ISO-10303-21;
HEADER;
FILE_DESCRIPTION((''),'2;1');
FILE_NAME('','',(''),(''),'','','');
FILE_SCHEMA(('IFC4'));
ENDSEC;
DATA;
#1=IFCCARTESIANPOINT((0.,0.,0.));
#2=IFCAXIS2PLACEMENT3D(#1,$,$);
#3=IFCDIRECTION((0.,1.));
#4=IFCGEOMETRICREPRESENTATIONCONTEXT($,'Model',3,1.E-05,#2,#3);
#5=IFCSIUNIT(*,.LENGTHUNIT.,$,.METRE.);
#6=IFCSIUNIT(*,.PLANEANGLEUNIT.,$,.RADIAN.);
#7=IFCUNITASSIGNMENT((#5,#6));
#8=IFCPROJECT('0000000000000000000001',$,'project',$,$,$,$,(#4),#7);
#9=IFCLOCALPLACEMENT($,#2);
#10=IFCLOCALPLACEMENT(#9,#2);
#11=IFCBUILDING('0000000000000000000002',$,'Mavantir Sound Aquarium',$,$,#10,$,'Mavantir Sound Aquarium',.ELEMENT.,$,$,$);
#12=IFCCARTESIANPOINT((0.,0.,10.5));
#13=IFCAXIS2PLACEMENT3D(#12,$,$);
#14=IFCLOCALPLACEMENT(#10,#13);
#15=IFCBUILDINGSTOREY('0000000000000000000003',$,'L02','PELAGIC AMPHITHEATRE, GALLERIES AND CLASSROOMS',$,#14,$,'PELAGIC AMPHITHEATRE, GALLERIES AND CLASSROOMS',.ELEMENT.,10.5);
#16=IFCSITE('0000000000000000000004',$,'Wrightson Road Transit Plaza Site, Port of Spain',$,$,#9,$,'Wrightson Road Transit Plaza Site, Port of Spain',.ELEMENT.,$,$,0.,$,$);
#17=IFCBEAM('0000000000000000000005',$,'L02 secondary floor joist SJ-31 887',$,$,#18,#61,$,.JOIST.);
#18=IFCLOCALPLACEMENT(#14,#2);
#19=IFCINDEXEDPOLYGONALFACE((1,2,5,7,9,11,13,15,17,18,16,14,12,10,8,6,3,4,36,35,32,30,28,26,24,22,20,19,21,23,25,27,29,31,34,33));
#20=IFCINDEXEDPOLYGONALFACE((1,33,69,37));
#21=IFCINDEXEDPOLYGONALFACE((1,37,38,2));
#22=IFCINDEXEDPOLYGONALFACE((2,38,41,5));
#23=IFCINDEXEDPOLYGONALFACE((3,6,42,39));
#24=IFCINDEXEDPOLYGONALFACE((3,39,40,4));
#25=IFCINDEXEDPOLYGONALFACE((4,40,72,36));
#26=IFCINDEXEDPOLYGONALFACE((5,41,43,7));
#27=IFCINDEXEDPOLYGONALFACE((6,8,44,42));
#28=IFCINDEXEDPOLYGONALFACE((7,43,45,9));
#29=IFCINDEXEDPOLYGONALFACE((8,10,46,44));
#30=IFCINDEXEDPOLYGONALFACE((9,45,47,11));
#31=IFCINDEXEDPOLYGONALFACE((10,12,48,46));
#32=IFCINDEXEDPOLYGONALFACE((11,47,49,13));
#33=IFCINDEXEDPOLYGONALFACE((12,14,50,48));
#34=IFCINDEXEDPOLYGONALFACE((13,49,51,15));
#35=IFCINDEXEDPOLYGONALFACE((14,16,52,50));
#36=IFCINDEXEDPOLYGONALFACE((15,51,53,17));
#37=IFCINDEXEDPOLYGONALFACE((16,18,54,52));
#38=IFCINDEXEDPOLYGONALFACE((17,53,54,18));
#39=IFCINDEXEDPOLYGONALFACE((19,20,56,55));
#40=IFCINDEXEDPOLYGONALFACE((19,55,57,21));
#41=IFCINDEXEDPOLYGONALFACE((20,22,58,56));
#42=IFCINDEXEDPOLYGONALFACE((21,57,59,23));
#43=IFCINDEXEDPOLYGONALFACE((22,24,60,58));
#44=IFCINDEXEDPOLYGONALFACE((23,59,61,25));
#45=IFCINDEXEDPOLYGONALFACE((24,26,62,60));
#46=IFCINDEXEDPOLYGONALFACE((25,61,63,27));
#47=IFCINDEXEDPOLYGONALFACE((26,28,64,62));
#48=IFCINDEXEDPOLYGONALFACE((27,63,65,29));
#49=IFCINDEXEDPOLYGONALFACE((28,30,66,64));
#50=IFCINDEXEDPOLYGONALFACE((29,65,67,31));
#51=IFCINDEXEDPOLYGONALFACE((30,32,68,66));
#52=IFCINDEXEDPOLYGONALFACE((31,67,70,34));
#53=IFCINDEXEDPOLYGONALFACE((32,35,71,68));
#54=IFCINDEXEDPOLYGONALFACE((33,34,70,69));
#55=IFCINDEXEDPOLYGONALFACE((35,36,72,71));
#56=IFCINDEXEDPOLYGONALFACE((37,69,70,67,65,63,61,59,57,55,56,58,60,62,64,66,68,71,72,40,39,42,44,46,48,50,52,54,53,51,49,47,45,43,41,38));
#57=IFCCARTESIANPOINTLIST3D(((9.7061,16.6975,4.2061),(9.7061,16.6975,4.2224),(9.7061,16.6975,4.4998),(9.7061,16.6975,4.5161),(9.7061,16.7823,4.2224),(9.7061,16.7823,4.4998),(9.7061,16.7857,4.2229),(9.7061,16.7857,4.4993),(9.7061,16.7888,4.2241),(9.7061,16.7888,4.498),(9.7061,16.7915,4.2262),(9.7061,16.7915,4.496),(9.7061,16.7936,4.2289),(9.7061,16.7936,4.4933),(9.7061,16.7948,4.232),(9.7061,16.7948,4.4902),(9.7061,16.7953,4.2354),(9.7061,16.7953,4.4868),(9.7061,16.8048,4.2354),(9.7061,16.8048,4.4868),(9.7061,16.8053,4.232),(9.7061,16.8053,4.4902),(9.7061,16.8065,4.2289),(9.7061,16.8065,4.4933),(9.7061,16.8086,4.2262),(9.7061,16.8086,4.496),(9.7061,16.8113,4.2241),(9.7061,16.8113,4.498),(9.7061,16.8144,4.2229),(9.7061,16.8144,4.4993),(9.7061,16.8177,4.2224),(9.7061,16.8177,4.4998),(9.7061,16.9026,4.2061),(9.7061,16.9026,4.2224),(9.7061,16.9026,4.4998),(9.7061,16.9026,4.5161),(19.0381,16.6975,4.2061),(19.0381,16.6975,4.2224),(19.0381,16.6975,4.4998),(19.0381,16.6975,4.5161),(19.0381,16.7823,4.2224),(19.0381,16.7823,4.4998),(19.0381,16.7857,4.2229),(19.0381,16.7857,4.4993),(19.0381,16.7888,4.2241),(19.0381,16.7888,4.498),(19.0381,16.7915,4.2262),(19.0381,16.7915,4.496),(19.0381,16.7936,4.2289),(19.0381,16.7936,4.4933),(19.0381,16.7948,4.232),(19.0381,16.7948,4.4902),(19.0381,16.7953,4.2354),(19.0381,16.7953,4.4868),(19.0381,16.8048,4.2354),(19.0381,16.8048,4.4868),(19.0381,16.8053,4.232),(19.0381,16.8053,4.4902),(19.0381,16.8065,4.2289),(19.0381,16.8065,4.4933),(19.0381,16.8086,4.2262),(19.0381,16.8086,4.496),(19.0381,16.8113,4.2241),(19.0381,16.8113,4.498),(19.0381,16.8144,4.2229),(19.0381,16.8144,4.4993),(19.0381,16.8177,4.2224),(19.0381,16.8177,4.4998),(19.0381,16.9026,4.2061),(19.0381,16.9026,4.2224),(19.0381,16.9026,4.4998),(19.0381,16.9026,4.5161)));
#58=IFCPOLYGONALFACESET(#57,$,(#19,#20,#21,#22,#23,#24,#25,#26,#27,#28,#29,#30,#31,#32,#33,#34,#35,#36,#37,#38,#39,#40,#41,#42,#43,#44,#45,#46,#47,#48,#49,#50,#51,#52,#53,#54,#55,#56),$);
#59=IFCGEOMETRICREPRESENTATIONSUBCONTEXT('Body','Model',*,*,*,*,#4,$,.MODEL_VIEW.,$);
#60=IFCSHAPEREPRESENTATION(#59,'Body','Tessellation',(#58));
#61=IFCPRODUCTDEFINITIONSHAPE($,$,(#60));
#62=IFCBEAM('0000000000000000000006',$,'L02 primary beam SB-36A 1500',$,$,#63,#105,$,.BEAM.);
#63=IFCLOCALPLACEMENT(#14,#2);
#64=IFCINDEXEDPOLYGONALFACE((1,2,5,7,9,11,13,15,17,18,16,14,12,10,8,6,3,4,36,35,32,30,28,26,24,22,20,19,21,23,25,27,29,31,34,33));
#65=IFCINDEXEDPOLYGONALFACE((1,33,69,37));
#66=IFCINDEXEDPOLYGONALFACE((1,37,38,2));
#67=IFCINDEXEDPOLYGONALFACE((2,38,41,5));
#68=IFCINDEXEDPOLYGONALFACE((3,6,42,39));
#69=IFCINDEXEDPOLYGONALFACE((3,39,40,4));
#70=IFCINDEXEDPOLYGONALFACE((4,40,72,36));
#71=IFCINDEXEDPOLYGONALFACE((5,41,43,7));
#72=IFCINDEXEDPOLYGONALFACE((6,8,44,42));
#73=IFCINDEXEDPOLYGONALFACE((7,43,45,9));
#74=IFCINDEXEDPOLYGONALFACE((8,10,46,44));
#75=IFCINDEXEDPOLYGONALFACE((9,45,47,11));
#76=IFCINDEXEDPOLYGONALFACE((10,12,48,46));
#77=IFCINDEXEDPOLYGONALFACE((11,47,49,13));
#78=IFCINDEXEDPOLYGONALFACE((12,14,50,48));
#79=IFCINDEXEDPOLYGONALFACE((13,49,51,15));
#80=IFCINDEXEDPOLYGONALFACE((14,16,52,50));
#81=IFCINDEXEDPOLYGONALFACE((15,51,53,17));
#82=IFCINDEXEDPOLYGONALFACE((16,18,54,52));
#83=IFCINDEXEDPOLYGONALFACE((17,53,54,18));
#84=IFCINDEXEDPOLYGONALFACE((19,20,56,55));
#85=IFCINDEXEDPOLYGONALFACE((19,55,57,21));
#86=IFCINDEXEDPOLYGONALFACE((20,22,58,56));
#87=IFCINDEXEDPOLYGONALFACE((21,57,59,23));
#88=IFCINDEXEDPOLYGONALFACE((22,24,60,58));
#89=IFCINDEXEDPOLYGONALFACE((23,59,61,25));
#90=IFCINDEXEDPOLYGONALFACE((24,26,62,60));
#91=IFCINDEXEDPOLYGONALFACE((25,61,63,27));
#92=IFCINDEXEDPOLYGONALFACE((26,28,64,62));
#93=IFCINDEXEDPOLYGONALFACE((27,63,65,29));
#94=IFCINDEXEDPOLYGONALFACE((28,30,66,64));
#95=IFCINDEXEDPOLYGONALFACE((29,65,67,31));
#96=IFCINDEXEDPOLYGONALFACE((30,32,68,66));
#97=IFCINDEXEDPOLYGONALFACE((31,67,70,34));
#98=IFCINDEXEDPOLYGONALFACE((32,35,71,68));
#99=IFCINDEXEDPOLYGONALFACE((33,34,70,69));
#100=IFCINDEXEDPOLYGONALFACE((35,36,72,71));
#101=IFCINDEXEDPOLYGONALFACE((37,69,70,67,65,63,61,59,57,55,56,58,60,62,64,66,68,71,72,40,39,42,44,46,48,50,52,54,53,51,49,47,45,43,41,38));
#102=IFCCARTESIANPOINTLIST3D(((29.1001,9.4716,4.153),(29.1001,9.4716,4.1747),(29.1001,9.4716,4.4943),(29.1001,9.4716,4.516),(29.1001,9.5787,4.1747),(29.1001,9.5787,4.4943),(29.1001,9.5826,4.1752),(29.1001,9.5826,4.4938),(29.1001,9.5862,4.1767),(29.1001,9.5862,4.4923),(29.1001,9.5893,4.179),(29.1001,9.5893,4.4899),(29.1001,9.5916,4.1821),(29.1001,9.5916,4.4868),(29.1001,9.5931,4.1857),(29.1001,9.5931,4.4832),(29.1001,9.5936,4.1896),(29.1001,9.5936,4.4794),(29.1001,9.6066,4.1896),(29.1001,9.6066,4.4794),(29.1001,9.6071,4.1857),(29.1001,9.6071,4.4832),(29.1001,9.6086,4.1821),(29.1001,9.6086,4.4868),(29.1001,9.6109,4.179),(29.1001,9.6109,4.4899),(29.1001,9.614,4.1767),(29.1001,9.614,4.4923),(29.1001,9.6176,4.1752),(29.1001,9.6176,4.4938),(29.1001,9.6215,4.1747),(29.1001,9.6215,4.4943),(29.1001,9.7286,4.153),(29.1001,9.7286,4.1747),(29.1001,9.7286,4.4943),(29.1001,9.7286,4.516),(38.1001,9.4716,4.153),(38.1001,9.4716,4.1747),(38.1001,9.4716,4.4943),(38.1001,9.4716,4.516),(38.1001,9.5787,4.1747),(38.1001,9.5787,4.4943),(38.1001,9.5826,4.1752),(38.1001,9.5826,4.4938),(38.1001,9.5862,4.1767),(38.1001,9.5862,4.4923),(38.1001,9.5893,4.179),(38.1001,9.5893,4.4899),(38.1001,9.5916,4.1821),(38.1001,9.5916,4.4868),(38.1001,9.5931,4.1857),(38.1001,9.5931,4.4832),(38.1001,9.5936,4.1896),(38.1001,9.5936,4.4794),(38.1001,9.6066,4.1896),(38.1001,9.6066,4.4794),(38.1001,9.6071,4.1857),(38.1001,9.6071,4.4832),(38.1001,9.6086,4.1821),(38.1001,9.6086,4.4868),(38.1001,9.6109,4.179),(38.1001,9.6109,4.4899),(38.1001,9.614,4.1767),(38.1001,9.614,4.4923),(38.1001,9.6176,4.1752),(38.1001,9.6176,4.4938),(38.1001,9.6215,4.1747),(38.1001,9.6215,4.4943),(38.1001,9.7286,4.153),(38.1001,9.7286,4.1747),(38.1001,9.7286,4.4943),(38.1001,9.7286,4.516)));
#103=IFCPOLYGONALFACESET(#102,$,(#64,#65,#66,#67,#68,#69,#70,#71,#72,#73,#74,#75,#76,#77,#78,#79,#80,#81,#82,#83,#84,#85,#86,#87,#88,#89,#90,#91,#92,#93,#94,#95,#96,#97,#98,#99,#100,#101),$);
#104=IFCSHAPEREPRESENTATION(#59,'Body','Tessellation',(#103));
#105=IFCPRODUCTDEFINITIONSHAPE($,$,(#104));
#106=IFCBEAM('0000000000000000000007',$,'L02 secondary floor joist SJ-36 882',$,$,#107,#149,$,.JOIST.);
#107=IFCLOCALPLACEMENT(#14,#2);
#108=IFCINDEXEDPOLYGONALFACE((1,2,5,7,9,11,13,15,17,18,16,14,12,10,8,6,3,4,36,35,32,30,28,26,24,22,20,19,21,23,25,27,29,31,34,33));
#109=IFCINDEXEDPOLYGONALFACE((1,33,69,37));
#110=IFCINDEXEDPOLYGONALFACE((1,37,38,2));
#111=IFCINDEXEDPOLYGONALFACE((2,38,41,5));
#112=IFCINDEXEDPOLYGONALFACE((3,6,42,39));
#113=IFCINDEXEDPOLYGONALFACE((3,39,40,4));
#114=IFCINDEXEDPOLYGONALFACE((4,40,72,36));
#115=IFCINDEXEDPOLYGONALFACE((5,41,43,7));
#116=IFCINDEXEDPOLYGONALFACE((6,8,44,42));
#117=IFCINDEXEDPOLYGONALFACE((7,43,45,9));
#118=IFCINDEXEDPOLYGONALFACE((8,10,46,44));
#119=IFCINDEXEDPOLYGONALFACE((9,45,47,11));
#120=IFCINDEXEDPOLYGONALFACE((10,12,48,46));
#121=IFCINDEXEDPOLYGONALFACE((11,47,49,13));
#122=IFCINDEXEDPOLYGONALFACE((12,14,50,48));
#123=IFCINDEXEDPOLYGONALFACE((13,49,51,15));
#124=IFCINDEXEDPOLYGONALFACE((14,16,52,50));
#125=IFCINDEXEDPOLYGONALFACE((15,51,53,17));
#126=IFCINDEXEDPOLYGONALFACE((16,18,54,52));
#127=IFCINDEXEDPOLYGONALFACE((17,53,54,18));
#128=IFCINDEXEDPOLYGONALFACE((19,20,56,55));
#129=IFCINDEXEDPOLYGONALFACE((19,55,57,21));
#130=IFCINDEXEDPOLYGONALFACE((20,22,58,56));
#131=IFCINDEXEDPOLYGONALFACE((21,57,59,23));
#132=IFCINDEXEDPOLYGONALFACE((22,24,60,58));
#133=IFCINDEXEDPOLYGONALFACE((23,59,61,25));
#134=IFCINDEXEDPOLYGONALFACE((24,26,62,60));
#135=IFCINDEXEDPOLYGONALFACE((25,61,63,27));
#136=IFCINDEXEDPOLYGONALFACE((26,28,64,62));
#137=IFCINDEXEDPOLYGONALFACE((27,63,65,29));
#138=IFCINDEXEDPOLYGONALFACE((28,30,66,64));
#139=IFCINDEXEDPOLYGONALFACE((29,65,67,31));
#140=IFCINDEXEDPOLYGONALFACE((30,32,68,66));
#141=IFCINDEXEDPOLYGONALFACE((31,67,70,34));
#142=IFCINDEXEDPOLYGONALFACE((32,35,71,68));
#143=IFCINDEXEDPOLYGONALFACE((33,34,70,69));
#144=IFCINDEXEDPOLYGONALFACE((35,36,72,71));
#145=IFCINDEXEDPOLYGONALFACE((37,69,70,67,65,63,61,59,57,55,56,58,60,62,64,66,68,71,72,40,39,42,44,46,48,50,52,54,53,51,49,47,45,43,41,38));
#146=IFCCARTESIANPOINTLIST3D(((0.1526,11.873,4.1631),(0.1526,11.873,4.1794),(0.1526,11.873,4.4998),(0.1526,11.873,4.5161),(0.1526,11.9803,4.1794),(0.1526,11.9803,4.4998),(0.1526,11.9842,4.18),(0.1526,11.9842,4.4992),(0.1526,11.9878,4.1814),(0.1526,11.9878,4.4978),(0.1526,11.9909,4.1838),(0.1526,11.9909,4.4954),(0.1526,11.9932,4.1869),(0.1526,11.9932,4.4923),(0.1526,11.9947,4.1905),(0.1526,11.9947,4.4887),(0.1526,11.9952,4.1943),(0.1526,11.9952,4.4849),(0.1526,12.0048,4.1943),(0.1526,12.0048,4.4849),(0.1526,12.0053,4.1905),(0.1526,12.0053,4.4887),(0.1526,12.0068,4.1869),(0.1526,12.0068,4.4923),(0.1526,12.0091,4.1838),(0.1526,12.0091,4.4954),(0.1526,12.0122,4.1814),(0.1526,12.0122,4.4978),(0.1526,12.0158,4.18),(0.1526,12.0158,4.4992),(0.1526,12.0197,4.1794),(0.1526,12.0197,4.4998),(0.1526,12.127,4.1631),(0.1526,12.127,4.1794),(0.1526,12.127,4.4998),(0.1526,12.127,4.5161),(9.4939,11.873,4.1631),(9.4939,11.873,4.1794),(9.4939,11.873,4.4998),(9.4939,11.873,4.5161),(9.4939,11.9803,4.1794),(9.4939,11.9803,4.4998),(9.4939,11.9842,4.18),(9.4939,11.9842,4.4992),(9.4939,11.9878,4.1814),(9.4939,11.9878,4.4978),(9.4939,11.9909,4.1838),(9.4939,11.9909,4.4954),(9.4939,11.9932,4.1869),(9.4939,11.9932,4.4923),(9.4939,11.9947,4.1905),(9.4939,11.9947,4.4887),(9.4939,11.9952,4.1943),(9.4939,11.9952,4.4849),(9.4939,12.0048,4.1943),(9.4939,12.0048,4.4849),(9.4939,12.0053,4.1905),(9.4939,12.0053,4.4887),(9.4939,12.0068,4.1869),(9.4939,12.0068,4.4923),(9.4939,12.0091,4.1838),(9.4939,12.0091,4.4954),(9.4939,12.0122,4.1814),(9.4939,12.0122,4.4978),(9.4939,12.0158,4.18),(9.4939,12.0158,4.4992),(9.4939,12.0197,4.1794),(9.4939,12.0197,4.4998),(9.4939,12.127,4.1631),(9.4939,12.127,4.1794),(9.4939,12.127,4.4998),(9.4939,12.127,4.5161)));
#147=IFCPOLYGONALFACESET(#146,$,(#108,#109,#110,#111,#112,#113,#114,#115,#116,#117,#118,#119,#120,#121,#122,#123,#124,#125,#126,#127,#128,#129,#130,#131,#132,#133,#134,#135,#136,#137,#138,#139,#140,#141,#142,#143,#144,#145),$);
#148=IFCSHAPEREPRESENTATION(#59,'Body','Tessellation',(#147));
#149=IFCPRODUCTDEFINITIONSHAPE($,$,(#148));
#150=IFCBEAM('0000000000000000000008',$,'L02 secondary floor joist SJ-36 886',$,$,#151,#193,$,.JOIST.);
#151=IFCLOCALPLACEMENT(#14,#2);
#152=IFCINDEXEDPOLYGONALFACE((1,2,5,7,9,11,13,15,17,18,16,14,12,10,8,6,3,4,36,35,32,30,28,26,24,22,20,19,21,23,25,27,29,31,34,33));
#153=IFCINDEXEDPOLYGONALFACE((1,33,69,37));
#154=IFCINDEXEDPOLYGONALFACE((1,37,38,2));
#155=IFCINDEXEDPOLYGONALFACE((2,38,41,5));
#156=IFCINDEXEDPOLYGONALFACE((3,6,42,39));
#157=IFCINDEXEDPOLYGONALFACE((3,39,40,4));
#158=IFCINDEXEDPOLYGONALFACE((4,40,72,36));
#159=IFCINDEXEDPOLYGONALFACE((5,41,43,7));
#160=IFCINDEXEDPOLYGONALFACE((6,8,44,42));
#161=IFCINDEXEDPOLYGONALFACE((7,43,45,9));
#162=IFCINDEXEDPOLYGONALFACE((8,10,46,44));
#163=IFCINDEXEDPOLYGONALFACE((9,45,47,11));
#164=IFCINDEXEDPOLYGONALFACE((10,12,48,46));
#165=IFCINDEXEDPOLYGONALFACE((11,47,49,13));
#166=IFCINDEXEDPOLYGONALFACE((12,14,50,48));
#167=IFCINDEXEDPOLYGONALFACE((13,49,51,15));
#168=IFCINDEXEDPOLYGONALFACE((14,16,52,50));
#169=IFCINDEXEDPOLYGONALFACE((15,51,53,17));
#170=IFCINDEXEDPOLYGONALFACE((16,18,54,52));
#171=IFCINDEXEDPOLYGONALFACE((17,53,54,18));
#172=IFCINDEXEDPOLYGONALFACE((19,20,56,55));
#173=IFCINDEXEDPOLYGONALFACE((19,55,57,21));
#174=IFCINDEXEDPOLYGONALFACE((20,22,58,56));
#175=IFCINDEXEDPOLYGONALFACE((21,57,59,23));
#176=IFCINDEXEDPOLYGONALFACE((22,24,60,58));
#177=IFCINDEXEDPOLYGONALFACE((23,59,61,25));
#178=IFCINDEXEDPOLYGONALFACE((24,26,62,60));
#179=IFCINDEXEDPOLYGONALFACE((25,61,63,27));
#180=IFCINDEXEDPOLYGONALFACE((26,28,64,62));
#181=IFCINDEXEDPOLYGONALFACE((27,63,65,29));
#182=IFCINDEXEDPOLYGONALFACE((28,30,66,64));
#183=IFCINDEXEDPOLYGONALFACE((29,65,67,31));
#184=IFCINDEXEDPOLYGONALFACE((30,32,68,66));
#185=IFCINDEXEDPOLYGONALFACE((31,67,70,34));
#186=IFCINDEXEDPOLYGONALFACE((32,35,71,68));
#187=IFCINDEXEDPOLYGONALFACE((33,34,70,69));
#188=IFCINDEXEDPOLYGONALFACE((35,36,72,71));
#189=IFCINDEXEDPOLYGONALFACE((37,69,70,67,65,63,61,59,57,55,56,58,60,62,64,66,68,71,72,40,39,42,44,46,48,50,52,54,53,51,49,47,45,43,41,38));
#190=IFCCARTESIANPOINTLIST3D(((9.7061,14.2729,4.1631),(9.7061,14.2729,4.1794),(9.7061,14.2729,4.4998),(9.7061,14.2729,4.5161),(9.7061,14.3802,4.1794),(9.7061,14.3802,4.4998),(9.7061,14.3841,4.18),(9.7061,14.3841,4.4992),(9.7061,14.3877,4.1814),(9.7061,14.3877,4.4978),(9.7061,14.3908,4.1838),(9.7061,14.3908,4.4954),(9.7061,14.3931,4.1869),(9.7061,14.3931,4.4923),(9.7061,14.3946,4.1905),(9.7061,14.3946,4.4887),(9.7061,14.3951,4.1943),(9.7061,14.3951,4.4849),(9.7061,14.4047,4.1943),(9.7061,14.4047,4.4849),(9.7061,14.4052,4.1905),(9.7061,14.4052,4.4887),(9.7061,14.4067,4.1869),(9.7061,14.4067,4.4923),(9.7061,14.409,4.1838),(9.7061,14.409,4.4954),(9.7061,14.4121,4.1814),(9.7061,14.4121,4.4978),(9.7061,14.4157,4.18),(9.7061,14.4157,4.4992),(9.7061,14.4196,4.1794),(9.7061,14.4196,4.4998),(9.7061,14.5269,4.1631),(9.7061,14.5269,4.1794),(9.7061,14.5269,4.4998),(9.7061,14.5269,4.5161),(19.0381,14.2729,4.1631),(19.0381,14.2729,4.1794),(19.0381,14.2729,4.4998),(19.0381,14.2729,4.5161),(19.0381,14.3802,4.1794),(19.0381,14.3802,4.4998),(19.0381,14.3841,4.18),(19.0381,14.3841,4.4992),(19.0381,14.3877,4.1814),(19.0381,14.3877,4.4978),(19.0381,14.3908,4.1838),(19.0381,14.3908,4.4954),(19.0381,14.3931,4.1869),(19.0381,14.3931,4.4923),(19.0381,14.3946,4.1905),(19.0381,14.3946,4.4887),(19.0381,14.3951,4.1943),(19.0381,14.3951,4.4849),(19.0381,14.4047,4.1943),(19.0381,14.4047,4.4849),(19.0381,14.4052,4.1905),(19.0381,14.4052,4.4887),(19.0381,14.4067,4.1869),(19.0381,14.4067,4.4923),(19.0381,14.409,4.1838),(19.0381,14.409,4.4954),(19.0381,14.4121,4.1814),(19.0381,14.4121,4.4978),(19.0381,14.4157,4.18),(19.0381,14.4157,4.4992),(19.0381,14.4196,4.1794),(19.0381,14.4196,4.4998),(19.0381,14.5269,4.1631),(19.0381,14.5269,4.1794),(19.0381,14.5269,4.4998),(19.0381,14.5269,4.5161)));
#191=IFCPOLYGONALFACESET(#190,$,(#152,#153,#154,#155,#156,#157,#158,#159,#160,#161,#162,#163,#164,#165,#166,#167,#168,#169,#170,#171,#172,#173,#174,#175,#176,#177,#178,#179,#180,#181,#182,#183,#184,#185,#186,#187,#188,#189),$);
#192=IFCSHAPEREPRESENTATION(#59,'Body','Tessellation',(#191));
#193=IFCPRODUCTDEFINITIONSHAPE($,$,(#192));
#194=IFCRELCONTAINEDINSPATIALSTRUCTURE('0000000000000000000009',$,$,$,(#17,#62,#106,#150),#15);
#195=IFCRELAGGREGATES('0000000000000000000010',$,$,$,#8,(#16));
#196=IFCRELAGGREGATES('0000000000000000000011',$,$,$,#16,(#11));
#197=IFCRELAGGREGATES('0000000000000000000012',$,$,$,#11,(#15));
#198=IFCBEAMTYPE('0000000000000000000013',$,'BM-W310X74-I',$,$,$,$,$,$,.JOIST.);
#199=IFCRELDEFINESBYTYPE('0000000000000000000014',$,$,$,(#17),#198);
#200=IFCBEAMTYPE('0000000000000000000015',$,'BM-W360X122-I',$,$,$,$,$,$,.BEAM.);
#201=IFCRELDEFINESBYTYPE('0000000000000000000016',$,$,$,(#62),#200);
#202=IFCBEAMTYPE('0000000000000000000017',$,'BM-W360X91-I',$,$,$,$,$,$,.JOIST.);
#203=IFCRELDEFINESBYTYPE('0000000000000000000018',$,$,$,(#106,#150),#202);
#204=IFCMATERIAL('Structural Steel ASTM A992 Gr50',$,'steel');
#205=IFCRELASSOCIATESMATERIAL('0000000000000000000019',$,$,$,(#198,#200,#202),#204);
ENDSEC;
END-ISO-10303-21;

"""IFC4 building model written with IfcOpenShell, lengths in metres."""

from ifc_helpers import new_model, si_unit, direction, frame, origin, origin_2d, place, context, subcontext, project, spatial, i_section, extrude, material, material_profile, profile_set, type_object, element, save


model = new_model("IFC4")

# Units and contexts
model_context = context("Model", 3, precision=1e-05, world=origin(), true_north=direction((0.0, 1.0)))
body_context = subcontext(model_context, "Body", "Model", "MODEL_VIEW")
ifc_project = project(units=[si_unit("LENGTHUNIT", "METRE"), si_unit("PLANEANGLEUNIT", "RADIAN")], contexts=[model_context])

# Site, building, storey
site_placement = place(None, origin())
site = spatial("IfcSite", under=ifc_project, at=site_placement, Name="Wrightson Road Transit Plaza Site, Port of Spain", LongName="Wrightson Road Transit Plaza Site, Port of Spain", CompositionType="ELEMENT", RefElevation=0.0)
building_placement = place(site_placement, origin())
building = spatial("IfcBuilding", under=site, at=building_placement, Name="Mavantir Sound Aquarium", LongName="Mavantir Sound Aquarium", CompositionType="ELEMENT")
storey_placement = place(building_placement, frame((0.0, 0.0, 10.5)))
storey = spatial("IfcBuildingStorey", under=building, at=storey_placement, Name="L02", Description="PELAGIC AMPHITHEATRE, GALLERIES AND CLASSROOMS", LongName="PELAGIC AMPHITHEATRE, GALLERIES AND CLASSROOMS", CompositionType="ELEMENT", Elevation=10.5)

# Beams
ifc_material_1 = material(Name="Structural Steel ASTM A992 Gr50", Category="steel")
ifc_material_profile_1 = material_profile(ifc_material_1, i_section(OverallWidth=0.2051, OverallDepth=0.3101, WebThickness=0.0095, FlangeThickness=0.0164, FilletRadius=0.0129, at=origin_2d()), Name="W310X74")
ifc_profile_set_1 = profile_set([ifc_material_profile_1], Name="Structural Steel ASTM A992 Gr50")
beam_type_1 = type_object("IfcBeamType", Name="BM-W310X74-I", PredefinedType="JOIST", material=ifc_profile_set_1)
beam_1_placement = place(storey_placement, frame((9.7061, 16.8, 4.3611), z_axis=(1.0, 0.0, 0.0), x_axis=(0.0, 1.0, 0.0)))
element("IfcBeam", 1, at=beam_1_placement, inside=storey, type_object=beam_type_1, Name="L02 secondary floor joist SJ-31 887", PredefinedType="JOIST", context=body_context, shape_type="SweptSolid", body=[
    extrude(i_section(OverallWidth=0.2051, OverallDepth=0.3101, WebThickness=0.0095, FlangeThickness=0.0164, FilletRadius=0.0129, at=origin_2d()), origin(), (0.0, 0.0, 1.0), 9.332),
])
ifc_material_profile_2 = material_profile(ifc_material_1, i_section(OverallWidth=0.2571, OverallDepth=0.363, WebThickness=0.0129, FlangeThickness=0.0217, FilletRadius=0.0149, at=origin_2d()), Name="W360X122")
ifc_profile_set_2 = profile_set([ifc_material_profile_2], Name="Structural Steel ASTM A992 Gr50")
beam_type_2 = type_object("IfcBeamType", Name="BM-W360X122-I", PredefinedType="BEAM", material=ifc_profile_set_2)
beam_2_placement = place(storey_placement, frame((29.1001, 9.6001, 4.3345), z_axis=(1.0, 0.0, 0.0), x_axis=(0.0, 1.0, 0.0)))
element("IfcBeam", 2, at=beam_2_placement, inside=storey, type_object=beam_type_2, Name="L02 primary beam SB-36A 1500", PredefinedType="BEAM", context=body_context, shape_type="SweptSolid", body=[
    extrude(i_section(OverallWidth=0.2571, OverallDepth=0.363, WebThickness=0.0129, FlangeThickness=0.0217, FilletRadius=0.0149, at=origin_2d()), origin(), (0.0, 0.0, 1.0), 9.0),
])
ifc_material_profile_3 = material_profile(ifc_material_1, i_section(OverallWidth=0.2539, OverallDepth=0.353, WebThickness=0.0095, FlangeThickness=0.0164, FilletRadius=0.0149, at=origin_2d()), Name="W360X91")
ifc_profile_set_3 = profile_set([ifc_material_profile_3], Name="Structural Steel ASTM A992 Gr50")
beam_type_3 = type_object("IfcBeamType", Name="BM-W360X91-I", PredefinedType="JOIST", material=ifc_profile_set_3)
beam_3_placement = place(storey_placement, frame((0.1526, 12.0, 4.3396), z_axis=(1.0, 0.0, 0.0), x_axis=(0.0, 1.0, 0.0)))
element("IfcBeam", 3, at=beam_3_placement, inside=storey, type_object=beam_type_3, Name="L02 secondary floor joist SJ-36 882", PredefinedType="JOIST", context=body_context, shape_type="SweptSolid", body=[
    extrude(i_section(OverallWidth=0.2539, OverallDepth=0.353, WebThickness=0.0095, FlangeThickness=0.0164, FilletRadius=0.0149, at=origin_2d()), origin(), (0.0, 0.0, 1.0), 9.3413),
])
beam_4_placement = place(storey_placement, frame((9.7061, 14.3999, 4.3396), z_axis=(1.0, 0.0, 0.0), x_axis=(0.0, 1.0, 0.0)))
element("IfcBeam", 4, at=beam_4_placement, inside=storey, type_object=beam_type_3, Name="L02 secondary floor joist SJ-36 886", PredefinedType="JOIST", context=body_context, shape_type="SweptSolid", body=[
    extrude(i_section(OverallWidth=0.2539, OverallDepth=0.353, WebThickness=0.0095, FlangeThickness=0.0164, FilletRadius=0.0149, at=origin_2d()), origin(), (0.0, 0.0, 1.0), 9.332),
])

save(model, "model.ifc")
